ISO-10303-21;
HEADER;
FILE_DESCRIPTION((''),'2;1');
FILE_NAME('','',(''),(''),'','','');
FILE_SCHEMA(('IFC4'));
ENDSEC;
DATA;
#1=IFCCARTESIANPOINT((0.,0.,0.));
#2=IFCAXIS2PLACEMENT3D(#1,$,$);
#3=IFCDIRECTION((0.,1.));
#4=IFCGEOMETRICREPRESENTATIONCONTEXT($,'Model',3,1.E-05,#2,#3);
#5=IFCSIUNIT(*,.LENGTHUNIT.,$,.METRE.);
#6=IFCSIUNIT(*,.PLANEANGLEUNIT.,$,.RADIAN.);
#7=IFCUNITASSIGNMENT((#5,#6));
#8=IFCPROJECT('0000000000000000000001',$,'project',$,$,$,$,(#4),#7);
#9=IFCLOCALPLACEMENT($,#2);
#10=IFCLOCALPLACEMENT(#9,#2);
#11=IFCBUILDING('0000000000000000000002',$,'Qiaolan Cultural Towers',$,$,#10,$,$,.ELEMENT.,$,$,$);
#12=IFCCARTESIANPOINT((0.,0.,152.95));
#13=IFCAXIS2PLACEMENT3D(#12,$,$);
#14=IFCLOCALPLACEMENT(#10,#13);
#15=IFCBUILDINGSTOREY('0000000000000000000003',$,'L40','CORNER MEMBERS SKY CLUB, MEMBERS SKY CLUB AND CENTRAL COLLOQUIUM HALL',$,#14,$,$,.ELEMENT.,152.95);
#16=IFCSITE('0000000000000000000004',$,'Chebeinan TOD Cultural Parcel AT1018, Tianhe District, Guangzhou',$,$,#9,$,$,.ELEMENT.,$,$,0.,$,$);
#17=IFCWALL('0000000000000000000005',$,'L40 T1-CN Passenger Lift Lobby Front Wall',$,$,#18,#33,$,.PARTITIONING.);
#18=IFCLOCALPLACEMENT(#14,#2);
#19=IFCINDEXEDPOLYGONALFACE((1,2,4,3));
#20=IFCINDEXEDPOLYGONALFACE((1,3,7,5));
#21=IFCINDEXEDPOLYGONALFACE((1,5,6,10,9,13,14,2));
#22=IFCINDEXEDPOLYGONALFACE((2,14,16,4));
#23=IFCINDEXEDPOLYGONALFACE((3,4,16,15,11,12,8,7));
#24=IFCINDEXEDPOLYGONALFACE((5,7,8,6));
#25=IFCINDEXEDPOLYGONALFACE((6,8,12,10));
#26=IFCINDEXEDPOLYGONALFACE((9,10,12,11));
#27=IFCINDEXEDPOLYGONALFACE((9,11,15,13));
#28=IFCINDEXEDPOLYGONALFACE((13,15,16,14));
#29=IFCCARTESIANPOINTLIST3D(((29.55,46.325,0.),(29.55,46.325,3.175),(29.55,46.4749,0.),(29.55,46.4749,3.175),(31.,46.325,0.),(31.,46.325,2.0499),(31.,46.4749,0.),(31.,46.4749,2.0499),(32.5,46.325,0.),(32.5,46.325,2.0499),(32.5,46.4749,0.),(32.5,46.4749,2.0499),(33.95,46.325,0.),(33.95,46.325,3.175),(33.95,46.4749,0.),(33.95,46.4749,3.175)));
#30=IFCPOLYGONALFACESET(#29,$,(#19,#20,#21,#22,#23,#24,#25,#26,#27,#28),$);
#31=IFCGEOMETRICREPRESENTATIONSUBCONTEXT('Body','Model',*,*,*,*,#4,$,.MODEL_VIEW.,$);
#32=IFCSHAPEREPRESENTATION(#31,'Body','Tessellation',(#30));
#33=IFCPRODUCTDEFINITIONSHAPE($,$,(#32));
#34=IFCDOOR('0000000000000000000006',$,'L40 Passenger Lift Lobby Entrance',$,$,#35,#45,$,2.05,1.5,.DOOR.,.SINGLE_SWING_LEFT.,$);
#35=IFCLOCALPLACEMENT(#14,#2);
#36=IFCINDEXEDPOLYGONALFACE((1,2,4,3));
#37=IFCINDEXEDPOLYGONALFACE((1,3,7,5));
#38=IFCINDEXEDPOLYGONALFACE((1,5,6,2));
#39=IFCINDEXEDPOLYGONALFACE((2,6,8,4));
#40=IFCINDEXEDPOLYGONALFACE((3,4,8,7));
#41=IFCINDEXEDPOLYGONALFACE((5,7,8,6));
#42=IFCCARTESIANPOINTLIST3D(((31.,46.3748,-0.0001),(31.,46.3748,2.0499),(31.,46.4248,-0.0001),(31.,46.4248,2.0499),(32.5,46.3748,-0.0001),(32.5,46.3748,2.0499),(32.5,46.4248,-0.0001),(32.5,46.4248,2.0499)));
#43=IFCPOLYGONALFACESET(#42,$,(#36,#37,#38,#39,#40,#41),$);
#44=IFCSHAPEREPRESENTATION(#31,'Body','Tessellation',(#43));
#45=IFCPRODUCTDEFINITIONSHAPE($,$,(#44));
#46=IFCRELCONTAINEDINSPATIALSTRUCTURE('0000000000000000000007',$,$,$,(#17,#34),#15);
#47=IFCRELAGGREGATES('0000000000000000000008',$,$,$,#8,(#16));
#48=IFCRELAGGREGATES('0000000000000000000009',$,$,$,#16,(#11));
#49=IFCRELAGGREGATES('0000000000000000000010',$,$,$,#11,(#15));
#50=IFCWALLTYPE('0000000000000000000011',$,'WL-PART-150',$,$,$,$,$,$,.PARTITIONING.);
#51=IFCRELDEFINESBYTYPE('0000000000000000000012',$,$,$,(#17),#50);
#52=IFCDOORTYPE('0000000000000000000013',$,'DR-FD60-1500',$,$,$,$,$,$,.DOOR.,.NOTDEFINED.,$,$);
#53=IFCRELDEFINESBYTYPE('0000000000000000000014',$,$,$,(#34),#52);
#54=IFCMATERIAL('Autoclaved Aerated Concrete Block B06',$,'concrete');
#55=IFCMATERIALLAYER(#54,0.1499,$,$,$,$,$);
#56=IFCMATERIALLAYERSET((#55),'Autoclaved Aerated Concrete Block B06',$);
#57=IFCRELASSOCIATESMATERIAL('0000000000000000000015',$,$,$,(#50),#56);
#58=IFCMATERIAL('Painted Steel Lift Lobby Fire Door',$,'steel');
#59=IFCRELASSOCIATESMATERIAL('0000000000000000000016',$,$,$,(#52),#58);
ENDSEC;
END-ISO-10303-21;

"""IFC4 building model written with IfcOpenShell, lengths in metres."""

from ifc_helpers import new_model, si_unit, direction, frame, frame_2d, origin, place, context, subcontext, project, spatial, rectangle, extrude, material, layer, layer_set, type_object, element, fill, save


model = new_model("IFC4")

# Units and contexts
model_context = context("Model", 3, precision=1e-05, world=origin(), true_north=direction((0.0, 1.0)))
body_context = subcontext(model_context, "Body", "Model", "MODEL_VIEW")
ifc_project = project(units=[si_unit("LENGTHUNIT", "METRE"), si_unit("PLANEANGLEUNIT", "RADIAN")], contexts=[model_context])

# Site, building, storey
site_placement = place(None, origin())
site = spatial("IfcSite", under=ifc_project, at=site_placement, Name="Chebeinan TOD Cultural Parcel AT1018, Tianhe District, Guangzhou", CompositionType="ELEMENT", RefElevation=0.0)
building_placement = place(site_placement, origin())
building = spatial("IfcBuilding", under=site, at=building_placement, Name="Qiaolan Cultural Towers", CompositionType="ELEMENT")
storey_placement = place(building_placement, frame((0.0, 0.0, 152.95)))
storey = spatial("IfcBuildingStorey", under=building, at=storey_placement, Name="L40", Description="CORNER MEMBERS SKY CLUB, MEMBERS SKY CLUB AND CENTRAL COLLOQUIUM HALL", CompositionType="ELEMENT", Elevation=152.95)

# Wall, opening, door
ifc_material_1 = material(Name="Autoclaved Aerated Concrete Block B06", Category="concrete")
ifc_layer_1 = layer(ifc_material_1, 0.1499)
ifc_layer_set_1 = layer_set([ifc_layer_1], Name="Autoclaved Aerated Concrete Block B06")
wall_type_1 = type_object("IfcWallType", Name="WL-PART-150", PredefinedType="PARTITIONING", material=ifc_layer_set_1)
wall_1_placement = place(storey_placement, frame((29.55, 46.3999, 0.0), z_axis=(0.0, 0.0, 1.0), x_axis=(1.0, 0.0, 0.0)))
wall_1 = element("IfcWall", 1, at=wall_1_placement, inside=storey, type_object=wall_type_1, Name="L40 T1-CN Passenger Lift Lobby Front Wall", PredefinedType="PARTITIONING", context=body_context, shape_type="SweptSolid", body=[
    extrude(rectangle(XDim=4.3999, YDim=0.1499, at=frame_2d((2.2, 0.0))), origin(), (0.0, 0.0, 1.0), 3.175),
])
opening_1_placement = place(wall_1_placement, frame((1.45, 0.0, 0.0)))
opening_1 = element("IfcOpeningElement", 2, at=opening_1_placement, cuts=wall_1, PredefinedType="OPENING", context=body_context, shape_type="SweptSolid", body=[
    extrude(rectangle(XDim=1.5, YDim=2.05, at=frame_2d((0.75, 1.0249))), frame((0.0, 0.085, 0.0), z_axis=(0.0, -1.0, 0.0), x_axis=(1.0, 0.0, 0.0)), (0.0, 0.0, 1.0), 0.1699),
])
ifc_material_2 = material(Name="Painted Steel Lift Lobby Fire Door", Category="steel")
door_type_1 = type_object("IfcDoorType", Name="DR-FD60-1500", OperationType="NOTDEFINED", PredefinedType="DOOR", material=ifc_material_2)
door_1_placement = place(opening_1_placement, origin())
door_1 = element("IfcDoor", 3, at=door_1_placement, inside=storey, type_object=door_type_1, Name="L40 Passenger Lift Lobby Entrance", OperationType="SINGLE_SWING_LEFT", OverallHeight=2.05, OverallWidth=1.5, PredefinedType="DOOR", context=body_context, shape_type="SweptSolid", body=[
    extrude(rectangle(XDim=1.5, YDim=2.05, at=frame_2d((0.75, 1.0249))), frame((0.0, 0.0249, 0.0), z_axis=(0.0, -1.0, 0.0), x_axis=(1.0, 0.0, 0.0)), (0.0, 0.0, 1.0), 0.05),
])
fill(opening_1, door_1)

save(model, "model.ifc")
